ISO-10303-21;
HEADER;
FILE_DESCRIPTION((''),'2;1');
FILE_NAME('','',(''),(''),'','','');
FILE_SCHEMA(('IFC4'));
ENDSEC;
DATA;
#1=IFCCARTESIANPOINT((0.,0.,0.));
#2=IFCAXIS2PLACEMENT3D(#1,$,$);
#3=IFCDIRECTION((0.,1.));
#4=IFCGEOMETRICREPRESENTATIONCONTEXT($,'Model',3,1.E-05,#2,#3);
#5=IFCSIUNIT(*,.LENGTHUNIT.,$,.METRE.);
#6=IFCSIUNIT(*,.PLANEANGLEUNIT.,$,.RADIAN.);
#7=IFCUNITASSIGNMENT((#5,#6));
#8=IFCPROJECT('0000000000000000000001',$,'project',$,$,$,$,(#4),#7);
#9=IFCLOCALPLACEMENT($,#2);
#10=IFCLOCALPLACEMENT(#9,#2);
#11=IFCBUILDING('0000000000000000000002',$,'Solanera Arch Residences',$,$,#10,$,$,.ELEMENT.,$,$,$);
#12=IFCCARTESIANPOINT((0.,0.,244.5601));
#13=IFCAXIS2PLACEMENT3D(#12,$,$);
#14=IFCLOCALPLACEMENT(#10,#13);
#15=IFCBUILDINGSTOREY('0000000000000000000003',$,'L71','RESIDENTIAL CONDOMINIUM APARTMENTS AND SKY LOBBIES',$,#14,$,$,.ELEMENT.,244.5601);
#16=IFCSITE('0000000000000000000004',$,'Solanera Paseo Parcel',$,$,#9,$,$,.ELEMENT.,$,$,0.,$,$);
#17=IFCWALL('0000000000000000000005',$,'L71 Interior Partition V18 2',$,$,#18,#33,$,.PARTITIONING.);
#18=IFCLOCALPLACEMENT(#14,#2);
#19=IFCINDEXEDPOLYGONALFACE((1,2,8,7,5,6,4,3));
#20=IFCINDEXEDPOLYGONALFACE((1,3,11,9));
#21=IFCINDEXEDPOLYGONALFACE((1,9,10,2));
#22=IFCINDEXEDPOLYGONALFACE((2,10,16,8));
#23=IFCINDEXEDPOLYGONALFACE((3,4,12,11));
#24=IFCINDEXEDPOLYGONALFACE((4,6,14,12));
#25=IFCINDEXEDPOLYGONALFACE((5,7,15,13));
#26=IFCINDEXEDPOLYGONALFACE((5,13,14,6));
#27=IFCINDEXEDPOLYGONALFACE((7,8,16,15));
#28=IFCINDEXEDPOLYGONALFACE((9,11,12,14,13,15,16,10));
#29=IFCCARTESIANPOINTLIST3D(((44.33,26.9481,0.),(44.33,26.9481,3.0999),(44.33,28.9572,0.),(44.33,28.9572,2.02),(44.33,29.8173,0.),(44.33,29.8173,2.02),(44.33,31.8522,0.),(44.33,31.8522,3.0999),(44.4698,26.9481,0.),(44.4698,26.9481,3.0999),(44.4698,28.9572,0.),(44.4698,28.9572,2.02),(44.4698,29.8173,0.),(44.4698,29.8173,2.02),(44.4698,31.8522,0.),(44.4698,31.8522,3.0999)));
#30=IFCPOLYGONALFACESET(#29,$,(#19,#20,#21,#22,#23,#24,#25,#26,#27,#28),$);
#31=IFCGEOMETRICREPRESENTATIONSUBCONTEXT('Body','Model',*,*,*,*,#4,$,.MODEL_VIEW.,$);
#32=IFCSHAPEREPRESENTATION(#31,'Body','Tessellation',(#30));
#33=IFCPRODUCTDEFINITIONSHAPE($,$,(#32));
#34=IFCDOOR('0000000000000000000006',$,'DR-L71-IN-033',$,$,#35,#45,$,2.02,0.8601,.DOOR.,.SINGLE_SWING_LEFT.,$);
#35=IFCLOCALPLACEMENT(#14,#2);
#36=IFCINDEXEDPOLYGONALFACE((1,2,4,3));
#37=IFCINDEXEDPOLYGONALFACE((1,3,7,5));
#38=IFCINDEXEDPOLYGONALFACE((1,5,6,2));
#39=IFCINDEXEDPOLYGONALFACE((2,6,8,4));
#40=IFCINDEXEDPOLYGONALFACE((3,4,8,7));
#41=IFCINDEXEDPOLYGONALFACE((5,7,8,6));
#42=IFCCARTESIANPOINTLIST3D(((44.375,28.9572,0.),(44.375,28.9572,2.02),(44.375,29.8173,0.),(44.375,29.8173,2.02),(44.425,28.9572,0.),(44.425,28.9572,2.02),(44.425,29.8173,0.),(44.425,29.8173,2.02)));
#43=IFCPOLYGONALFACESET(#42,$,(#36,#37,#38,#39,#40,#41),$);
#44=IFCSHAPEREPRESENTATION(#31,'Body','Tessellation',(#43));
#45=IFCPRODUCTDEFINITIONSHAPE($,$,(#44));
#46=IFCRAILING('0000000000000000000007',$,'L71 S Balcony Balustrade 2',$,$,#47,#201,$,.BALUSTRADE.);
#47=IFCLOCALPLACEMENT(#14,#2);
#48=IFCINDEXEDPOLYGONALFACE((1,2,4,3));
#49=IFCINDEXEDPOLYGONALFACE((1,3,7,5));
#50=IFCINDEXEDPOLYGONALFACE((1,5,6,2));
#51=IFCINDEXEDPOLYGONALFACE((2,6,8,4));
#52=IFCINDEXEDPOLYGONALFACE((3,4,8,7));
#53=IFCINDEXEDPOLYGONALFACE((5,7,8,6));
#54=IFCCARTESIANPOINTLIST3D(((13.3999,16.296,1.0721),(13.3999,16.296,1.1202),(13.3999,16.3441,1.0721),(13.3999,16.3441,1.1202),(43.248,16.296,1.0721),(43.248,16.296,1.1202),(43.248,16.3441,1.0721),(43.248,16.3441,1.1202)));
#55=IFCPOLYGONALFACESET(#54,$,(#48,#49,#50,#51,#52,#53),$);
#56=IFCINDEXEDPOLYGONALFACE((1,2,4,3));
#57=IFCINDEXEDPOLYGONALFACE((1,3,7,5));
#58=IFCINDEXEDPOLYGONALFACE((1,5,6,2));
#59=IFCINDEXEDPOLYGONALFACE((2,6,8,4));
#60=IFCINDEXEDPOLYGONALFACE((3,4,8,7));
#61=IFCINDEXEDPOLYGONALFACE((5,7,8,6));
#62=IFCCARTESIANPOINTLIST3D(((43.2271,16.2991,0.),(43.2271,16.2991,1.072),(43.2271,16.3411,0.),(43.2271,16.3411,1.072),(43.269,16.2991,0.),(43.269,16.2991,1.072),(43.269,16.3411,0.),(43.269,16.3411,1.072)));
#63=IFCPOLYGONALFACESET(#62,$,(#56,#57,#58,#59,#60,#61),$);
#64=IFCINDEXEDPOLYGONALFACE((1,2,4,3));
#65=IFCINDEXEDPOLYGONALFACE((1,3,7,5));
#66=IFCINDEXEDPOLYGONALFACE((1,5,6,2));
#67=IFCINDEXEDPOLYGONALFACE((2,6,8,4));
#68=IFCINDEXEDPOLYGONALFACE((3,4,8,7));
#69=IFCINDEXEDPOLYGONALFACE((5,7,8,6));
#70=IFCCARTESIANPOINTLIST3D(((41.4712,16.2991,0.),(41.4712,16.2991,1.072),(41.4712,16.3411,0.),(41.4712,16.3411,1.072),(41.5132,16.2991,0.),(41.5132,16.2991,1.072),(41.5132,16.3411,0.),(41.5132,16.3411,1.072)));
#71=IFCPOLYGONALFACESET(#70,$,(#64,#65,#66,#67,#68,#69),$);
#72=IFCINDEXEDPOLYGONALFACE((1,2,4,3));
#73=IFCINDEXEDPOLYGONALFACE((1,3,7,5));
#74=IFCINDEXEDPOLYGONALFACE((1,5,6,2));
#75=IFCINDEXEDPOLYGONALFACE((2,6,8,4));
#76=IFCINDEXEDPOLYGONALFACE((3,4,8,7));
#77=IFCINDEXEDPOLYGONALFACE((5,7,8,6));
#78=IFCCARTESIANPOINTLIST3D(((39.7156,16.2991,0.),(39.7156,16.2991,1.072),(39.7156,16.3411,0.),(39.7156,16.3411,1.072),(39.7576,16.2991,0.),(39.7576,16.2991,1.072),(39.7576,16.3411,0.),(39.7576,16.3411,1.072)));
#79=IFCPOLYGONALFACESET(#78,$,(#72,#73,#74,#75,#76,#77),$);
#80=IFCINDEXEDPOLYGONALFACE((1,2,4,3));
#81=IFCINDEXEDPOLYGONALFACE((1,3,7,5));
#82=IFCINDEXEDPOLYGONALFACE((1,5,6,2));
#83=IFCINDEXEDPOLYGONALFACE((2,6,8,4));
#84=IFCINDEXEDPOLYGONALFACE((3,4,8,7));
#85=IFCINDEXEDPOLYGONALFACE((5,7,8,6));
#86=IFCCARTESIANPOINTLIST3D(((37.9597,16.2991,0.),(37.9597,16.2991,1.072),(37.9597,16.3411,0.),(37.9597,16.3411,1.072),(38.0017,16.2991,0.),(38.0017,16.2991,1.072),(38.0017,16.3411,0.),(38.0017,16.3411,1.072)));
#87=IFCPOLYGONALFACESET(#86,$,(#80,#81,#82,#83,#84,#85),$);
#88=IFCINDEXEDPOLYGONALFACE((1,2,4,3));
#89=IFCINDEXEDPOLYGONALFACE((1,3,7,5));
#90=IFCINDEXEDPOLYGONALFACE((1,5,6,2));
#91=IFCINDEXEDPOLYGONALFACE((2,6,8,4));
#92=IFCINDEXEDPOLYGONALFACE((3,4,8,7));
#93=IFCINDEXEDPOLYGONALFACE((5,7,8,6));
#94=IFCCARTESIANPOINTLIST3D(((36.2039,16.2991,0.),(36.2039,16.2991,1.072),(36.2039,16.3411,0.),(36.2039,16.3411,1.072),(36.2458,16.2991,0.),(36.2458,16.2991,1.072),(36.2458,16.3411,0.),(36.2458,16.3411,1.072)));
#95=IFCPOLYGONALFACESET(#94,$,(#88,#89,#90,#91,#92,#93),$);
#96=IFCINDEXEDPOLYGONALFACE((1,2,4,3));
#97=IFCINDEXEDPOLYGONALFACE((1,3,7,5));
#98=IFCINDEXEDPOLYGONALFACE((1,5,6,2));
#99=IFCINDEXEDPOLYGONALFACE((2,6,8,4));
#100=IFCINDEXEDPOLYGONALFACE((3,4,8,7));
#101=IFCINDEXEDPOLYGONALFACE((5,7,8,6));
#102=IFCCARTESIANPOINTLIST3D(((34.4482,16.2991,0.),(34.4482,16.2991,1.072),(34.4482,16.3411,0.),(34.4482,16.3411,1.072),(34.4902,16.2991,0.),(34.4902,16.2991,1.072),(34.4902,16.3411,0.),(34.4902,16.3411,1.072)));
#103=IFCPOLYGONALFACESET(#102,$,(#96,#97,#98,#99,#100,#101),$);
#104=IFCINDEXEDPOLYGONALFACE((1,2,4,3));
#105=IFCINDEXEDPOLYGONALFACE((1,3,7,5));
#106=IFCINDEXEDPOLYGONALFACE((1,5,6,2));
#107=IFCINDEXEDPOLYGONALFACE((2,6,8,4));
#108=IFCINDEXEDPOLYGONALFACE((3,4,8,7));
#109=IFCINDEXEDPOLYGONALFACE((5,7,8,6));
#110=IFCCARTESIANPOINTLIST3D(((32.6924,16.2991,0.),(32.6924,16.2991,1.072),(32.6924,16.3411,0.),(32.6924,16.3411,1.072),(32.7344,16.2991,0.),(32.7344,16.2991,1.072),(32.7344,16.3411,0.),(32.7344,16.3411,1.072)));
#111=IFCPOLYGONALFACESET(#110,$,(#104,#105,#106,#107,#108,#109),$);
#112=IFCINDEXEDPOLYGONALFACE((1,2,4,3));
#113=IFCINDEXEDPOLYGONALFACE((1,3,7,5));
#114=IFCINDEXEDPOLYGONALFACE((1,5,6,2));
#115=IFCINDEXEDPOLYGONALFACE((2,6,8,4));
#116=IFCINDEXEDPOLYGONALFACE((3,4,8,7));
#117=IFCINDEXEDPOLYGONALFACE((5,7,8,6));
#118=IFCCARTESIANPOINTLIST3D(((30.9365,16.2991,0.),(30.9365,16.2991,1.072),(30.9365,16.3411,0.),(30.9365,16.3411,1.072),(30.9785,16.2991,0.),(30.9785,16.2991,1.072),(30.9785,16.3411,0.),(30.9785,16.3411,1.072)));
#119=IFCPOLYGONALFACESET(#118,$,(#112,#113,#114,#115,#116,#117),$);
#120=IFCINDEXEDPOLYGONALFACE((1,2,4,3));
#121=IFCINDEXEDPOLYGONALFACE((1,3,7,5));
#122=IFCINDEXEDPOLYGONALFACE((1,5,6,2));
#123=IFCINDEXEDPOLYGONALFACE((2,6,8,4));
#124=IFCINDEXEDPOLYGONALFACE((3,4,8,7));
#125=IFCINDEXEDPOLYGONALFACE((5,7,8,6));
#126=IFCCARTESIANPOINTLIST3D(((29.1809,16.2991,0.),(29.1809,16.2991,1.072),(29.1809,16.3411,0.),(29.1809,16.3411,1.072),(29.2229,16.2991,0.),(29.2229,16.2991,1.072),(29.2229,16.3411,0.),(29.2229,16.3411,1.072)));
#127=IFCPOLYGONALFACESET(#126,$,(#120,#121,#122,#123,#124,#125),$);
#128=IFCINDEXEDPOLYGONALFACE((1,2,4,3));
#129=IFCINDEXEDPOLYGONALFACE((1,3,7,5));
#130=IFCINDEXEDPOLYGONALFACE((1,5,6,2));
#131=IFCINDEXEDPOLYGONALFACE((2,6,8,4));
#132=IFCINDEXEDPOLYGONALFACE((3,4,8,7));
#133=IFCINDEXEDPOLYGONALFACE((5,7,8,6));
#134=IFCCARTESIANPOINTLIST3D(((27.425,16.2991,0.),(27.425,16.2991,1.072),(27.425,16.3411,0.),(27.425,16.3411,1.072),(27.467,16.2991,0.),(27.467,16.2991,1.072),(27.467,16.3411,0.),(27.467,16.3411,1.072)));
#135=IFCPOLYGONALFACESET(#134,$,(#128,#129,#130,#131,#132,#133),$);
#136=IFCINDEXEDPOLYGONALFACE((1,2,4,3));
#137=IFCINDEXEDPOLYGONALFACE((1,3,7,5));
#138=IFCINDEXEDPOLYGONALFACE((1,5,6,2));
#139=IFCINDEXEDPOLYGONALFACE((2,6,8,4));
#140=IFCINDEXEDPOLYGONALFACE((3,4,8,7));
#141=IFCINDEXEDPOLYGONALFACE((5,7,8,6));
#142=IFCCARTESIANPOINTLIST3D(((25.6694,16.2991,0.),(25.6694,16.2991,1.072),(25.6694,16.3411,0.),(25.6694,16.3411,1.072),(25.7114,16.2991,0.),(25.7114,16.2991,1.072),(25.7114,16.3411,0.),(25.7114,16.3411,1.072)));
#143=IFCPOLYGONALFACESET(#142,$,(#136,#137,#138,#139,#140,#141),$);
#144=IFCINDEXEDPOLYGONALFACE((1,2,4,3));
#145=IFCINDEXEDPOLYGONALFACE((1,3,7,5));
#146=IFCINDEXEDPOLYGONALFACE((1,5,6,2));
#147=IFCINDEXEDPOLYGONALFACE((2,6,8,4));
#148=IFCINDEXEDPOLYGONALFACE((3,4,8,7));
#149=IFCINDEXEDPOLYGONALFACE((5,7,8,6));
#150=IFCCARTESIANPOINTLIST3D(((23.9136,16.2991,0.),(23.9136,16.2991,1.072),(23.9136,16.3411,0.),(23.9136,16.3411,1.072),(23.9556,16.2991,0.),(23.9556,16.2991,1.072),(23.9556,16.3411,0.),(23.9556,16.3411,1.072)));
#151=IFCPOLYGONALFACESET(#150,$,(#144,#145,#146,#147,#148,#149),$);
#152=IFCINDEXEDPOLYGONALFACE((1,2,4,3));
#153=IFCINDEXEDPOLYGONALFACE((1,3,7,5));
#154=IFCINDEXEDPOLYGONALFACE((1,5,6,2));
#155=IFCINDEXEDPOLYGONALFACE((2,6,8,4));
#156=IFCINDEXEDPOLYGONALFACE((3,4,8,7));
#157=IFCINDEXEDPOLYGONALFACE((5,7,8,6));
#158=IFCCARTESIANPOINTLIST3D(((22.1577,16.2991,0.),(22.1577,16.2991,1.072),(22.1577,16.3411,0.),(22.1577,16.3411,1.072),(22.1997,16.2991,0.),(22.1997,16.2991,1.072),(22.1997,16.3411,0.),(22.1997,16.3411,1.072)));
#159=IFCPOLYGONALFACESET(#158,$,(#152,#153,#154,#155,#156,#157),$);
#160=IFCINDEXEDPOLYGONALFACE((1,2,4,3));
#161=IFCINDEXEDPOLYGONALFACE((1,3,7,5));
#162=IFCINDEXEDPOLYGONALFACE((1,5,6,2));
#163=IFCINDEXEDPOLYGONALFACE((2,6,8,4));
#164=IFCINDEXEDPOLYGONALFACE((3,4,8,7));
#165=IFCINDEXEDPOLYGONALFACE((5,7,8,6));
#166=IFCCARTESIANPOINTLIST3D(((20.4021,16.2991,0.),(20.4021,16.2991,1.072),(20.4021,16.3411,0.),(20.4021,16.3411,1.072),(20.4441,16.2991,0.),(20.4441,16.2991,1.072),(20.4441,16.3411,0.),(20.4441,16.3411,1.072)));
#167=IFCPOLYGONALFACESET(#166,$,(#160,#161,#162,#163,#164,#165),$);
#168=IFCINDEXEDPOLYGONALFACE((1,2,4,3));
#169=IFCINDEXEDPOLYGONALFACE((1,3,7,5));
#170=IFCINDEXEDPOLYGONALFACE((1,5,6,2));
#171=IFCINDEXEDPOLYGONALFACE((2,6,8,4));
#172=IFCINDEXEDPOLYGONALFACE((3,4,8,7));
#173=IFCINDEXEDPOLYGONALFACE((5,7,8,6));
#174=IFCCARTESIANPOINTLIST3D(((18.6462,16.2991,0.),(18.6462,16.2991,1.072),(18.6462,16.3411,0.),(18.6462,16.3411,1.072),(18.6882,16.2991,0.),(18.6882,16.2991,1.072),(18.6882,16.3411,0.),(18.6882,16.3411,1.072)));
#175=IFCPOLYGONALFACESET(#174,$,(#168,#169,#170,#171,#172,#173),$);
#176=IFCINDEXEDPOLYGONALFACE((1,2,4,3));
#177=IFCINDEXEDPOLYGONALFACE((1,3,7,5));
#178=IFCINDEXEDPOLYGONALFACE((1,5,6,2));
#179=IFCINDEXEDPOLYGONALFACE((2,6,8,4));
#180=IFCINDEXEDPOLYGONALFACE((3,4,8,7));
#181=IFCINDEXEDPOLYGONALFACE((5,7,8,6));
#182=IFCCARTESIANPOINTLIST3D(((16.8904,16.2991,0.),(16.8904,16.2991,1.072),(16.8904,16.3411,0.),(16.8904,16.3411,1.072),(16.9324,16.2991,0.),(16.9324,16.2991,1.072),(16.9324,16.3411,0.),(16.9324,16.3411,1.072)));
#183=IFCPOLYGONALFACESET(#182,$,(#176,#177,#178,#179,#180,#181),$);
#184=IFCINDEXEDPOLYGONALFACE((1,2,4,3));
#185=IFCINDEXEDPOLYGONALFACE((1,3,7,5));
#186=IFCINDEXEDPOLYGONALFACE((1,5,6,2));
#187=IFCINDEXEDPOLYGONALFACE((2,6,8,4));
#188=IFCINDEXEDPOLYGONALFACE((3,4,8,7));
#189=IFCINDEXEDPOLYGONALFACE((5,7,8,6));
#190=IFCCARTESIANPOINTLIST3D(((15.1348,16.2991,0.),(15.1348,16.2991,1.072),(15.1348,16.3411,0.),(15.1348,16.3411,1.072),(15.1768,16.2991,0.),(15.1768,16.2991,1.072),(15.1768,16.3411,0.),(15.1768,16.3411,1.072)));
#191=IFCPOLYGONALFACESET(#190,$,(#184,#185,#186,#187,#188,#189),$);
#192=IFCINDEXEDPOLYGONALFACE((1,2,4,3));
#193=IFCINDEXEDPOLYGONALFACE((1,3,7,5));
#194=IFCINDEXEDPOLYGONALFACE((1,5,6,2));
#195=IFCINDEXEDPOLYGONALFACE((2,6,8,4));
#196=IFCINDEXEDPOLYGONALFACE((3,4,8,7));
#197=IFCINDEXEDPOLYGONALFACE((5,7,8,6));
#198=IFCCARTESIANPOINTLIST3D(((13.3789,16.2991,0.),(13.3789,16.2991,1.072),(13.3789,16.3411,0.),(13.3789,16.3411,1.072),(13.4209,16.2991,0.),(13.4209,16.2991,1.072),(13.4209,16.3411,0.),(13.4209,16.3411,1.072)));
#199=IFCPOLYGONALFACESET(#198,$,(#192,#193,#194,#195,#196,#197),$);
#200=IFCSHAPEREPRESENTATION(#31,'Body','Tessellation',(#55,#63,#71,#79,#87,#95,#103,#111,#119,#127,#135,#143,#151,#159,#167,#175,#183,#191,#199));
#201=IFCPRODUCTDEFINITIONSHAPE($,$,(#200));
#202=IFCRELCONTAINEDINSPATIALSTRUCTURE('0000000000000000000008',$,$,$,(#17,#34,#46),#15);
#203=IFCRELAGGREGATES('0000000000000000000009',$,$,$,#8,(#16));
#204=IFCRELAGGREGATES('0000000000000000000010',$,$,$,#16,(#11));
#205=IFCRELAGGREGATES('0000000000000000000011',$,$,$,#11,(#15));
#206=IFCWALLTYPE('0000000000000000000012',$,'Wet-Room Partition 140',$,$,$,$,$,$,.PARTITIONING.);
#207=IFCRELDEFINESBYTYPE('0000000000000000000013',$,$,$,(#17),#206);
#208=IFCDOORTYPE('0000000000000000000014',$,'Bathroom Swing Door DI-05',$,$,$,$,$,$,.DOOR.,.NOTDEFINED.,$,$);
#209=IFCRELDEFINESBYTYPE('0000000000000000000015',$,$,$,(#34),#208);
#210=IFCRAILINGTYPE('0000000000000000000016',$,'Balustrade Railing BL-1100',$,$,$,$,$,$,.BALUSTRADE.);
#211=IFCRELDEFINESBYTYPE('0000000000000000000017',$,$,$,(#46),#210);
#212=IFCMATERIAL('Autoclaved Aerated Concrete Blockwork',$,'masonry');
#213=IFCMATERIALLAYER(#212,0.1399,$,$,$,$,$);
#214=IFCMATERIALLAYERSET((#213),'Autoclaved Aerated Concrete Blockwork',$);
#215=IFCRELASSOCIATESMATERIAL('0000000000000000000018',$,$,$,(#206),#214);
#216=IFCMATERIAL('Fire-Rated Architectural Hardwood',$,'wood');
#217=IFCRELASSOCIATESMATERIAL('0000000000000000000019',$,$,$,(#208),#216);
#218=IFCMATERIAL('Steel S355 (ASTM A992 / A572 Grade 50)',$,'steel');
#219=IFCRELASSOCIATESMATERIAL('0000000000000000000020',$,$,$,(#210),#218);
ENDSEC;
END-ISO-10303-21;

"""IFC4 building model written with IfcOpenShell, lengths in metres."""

from ifc_helpers import new_model, si_unit, direction, frame, frame_2d, origin, origin_2d, place, context, subcontext, project, spatial, rectangle, extrude, material, layer, layer_set, type_object, element, fill, save


model = new_model("IFC4")

# Units and contexts
model_context = context("Model", 3, precision=1e-05, world=origin(), true_north=direction((0.0, 1.0)))
body_context = subcontext(model_context, "Body", "Model", "MODEL_VIEW")
ifc_project = project(units=[si_unit("LENGTHUNIT", "METRE"), si_unit("PLANEANGLEUNIT", "RADIAN")], contexts=[model_context])

# Site, building, storey
site_placement = place(None, origin())
site = spatial("IfcSite", under=ifc_project, at=site_placement, Name="Solanera Paseo Parcel", CompositionType="ELEMENT", RefElevation=0.0)
building_placement = place(site_placement, origin())
building = spatial("IfcBuilding", under=site, at=building_placement, Name="Solanera Arch Residences", CompositionType="ELEMENT")
storey_placement = place(building_placement, frame((0.0, 0.0, 244.5601)))
storey = spatial("IfcBuildingStorey", under=building, at=storey_placement, Name="L71", Description="RESIDENTIAL CONDOMINIUM APARTMENTS AND SKY LOBBIES", CompositionType="ELEMENT", Elevation=244.5601)

# Shared definitions
ifc_material_1 = material(Name="Autoclaved Aerated Concrete Blockwork", Category="masonry")
ifc_layer_1 = layer(ifc_material_1, 0.1399)
ifc_layer_set_1 = layer_set([ifc_layer_1], Name="Autoclaved Aerated Concrete Blockwork")
wall_type_1 = type_object("IfcWallType", Name="Wet-Room Partition 140", PredefinedType="PARTITIONING", material=ifc_layer_set_1)

# Wall, opening, door
wall_1_placement = place(storey_placement, frame((44.3999, 26.948, 0.0), z_axis=(0.0, 0.0, 1.0), x_axis=(0.0, 1.0, 0.0)))
wall_1 = element("IfcWall", 1, at=wall_1_placement, inside=storey, type_object=wall_type_1, Name="L71 Interior Partition V18 2", PredefinedType="PARTITIONING", context=body_context, shape_type="SweptSolid", body=[
    extrude(rectangle(XDim=4.9041, YDim=0.1399, at=frame_2d((2.4521, 0.0))), origin(), (0.0, 0.0, 1.0), 3.0999),
])
opening_1_placement = place(wall_1_placement, frame((2.009, 0.0, 0.0)))
opening_1 = element("IfcOpeningElement", 2, at=opening_1_placement, cuts=wall_1, PredefinedType="OPENING", context=body_context, shape_type="SweptSolid", body=[
    extrude(rectangle(XDim=0.8601, YDim=2.02, at=frame_2d((0.4302, 1.01))), frame((0.0, 0.0798, 0.0), z_axis=(0.0, -1.0, 0.0), x_axis=(1.0, 0.0, 0.0)), (0.0, 0.0, 1.0), 0.1599),
])
ifc_material_2 = material(Name="Fire-Rated Architectural Hardwood", Category="wood")
door_type_1 = type_object("IfcDoorType", Name="Bathroom Swing Door DI-05", OperationType="NOTDEFINED", PredefinedType="DOOR", material=ifc_material_2)
door_1_placement = place(opening_1_placement, origin())
door_1 = element("IfcDoor", 3, at=door_1_placement, inside=storey, type_object=door_type_1, Name="DR-L71-IN-033", OperationType="SINGLE_SWING_LEFT", OverallHeight=2.02, OverallWidth=0.8601, PredefinedType="DOOR", context=body_context, shape_type="SweptSolid", body=[
    extrude(rectangle(XDim=0.8601, YDim=2.02, at=frame_2d((0.4302, 1.01))), frame((0.0, 0.0249, 0.0), z_axis=(0.0, -1.0, 0.0), x_axis=(1.0, 0.0, 0.0)), (0.0, 0.0, 1.0), 0.05),
])
fill(opening_1, door_1)

# Railing
ifc_material_3 = material(Name="Steel S355 (ASTM A992 / A572 Grade 50)", Category="steel")
railing_type = type_object("IfcRailingType", Name="Balustrade Railing BL-1100", PredefinedType="BALUSTRADE", material=ifc_material_3)
railing_1_placement = place(storey_placement, frame((43.248, 16.3201, 0.0)))
element("IfcRailing", 4, at=railing_1_placement, inside=storey, type_object=railing_type, Name="L71 S Balcony Balustrade 2", PredefinedType="BALUSTRADE", context=body_context, shape_type="SweptSolid", body=[
    extrude(rectangle(XDim=0.0481, YDim=0.0481, at=origin_2d()), frame((0.0, 0.0, 1.0962), z_axis=(-1.0, 0.0, 0.0), x_axis=(0.0, -1.0, 0.0)), (0.0, 0.0, 1.0), 29.8481),
    extrude(rectangle(XDim=0.042, YDim=0.042, at=origin_2d()), origin(), (0.0, 0.0, 1.0), 1.072),
    extrude(rectangle(XDim=0.042, YDim=0.042, at=origin_2d()), frame((-1.7559, 0.0, 0.0)), (0.0, 0.0, 1.0), 1.072),
    extrude(rectangle(XDim=0.042, YDim=0.042, at=origin_2d()), frame((-3.5115, 0.0, 0.0)), (0.0, 0.0, 1.0), 1.072),
    extrude(rectangle(XDim=0.042, YDim=0.042, at=origin_2d()), frame((-5.2673, 0.0, 0.0)), (0.0, 0.0, 1.0), 1.072),
    extrude(rectangle(XDim=0.042, YDim=0.042, at=origin_2d()), frame((-7.0232, 0.0, 0.0)), (0.0, 0.0, 1.0), 1.072),
    extrude(rectangle(XDim=0.042, YDim=0.042, at=origin_2d()), frame((-8.7788, 0.0, 0.0)), (0.0, 0.0, 1.0), 1.072),
    extrude(rectangle(XDim=0.042, YDim=0.042, at=origin_2d()), frame((-10.5347, 0.0, 0.0)), (0.0, 0.0, 1.0), 1.072),
    extrude(rectangle(XDim=0.042, YDim=0.042, at=origin_2d()), frame((-12.2905, 0.0, 0.0)), (0.0, 0.0, 1.0), 1.072),
    extrude(rectangle(XDim=0.042, YDim=0.042, at=origin_2d()), frame((-14.0461, 0.0, 0.0)), (0.0, 0.0, 1.0), 1.072),
    extrude(rectangle(XDim=0.042, YDim=0.042, at=origin_2d()), frame((-15.802, 0.0, 0.0)), (0.0, 0.0, 1.0), 1.072),
    extrude(rectangle(XDim=0.042, YDim=0.042, at=origin_2d()), frame((-17.5576, 0.0, 0.0)), (0.0, 0.0, 1.0), 1.072),
    extrude(rectangle(XDim=0.042, YDim=0.042, at=origin_2d()), frame((-19.3135, 0.0, 0.0)), (0.0, 0.0, 1.0), 1.072),
    extrude(rectangle(XDim=0.042, YDim=0.042, at=origin_2d()), frame((-21.0693, 0.0, 0.0)), (0.0, 0.0, 1.0), 1.072),
    extrude(rectangle(XDim=0.042, YDim=0.042, at=origin_2d()), frame((-22.825, 0.0, 0.0)), (0.0, 0.0, 1.0), 1.072),
    extrude(rectangle(XDim=0.042, YDim=0.042, at=origin_2d()), frame((-24.5808, 0.0, 0.0)), (0.0, 0.0, 1.0), 1.072),
    extrude(rectangle(XDim=0.042, YDim=0.042, at=origin_2d()), frame((-26.3367, 0.0, 0.0)), (0.0, 0.0, 1.0), 1.072),
    extrude(rectangle(XDim=0.042, YDim=0.042, at=origin_2d()), frame((-28.0923, 0.0, 0.0)), (0.0, 0.0, 1.0), 1.072),
    extrude(rectangle(XDim=0.042, YDim=0.042, at=origin_2d()), frame((-29.8481, 0.0, 0.0)), (0.0, 0.0, 1.0), 1.072),
])

save(model, "model.ifc")
